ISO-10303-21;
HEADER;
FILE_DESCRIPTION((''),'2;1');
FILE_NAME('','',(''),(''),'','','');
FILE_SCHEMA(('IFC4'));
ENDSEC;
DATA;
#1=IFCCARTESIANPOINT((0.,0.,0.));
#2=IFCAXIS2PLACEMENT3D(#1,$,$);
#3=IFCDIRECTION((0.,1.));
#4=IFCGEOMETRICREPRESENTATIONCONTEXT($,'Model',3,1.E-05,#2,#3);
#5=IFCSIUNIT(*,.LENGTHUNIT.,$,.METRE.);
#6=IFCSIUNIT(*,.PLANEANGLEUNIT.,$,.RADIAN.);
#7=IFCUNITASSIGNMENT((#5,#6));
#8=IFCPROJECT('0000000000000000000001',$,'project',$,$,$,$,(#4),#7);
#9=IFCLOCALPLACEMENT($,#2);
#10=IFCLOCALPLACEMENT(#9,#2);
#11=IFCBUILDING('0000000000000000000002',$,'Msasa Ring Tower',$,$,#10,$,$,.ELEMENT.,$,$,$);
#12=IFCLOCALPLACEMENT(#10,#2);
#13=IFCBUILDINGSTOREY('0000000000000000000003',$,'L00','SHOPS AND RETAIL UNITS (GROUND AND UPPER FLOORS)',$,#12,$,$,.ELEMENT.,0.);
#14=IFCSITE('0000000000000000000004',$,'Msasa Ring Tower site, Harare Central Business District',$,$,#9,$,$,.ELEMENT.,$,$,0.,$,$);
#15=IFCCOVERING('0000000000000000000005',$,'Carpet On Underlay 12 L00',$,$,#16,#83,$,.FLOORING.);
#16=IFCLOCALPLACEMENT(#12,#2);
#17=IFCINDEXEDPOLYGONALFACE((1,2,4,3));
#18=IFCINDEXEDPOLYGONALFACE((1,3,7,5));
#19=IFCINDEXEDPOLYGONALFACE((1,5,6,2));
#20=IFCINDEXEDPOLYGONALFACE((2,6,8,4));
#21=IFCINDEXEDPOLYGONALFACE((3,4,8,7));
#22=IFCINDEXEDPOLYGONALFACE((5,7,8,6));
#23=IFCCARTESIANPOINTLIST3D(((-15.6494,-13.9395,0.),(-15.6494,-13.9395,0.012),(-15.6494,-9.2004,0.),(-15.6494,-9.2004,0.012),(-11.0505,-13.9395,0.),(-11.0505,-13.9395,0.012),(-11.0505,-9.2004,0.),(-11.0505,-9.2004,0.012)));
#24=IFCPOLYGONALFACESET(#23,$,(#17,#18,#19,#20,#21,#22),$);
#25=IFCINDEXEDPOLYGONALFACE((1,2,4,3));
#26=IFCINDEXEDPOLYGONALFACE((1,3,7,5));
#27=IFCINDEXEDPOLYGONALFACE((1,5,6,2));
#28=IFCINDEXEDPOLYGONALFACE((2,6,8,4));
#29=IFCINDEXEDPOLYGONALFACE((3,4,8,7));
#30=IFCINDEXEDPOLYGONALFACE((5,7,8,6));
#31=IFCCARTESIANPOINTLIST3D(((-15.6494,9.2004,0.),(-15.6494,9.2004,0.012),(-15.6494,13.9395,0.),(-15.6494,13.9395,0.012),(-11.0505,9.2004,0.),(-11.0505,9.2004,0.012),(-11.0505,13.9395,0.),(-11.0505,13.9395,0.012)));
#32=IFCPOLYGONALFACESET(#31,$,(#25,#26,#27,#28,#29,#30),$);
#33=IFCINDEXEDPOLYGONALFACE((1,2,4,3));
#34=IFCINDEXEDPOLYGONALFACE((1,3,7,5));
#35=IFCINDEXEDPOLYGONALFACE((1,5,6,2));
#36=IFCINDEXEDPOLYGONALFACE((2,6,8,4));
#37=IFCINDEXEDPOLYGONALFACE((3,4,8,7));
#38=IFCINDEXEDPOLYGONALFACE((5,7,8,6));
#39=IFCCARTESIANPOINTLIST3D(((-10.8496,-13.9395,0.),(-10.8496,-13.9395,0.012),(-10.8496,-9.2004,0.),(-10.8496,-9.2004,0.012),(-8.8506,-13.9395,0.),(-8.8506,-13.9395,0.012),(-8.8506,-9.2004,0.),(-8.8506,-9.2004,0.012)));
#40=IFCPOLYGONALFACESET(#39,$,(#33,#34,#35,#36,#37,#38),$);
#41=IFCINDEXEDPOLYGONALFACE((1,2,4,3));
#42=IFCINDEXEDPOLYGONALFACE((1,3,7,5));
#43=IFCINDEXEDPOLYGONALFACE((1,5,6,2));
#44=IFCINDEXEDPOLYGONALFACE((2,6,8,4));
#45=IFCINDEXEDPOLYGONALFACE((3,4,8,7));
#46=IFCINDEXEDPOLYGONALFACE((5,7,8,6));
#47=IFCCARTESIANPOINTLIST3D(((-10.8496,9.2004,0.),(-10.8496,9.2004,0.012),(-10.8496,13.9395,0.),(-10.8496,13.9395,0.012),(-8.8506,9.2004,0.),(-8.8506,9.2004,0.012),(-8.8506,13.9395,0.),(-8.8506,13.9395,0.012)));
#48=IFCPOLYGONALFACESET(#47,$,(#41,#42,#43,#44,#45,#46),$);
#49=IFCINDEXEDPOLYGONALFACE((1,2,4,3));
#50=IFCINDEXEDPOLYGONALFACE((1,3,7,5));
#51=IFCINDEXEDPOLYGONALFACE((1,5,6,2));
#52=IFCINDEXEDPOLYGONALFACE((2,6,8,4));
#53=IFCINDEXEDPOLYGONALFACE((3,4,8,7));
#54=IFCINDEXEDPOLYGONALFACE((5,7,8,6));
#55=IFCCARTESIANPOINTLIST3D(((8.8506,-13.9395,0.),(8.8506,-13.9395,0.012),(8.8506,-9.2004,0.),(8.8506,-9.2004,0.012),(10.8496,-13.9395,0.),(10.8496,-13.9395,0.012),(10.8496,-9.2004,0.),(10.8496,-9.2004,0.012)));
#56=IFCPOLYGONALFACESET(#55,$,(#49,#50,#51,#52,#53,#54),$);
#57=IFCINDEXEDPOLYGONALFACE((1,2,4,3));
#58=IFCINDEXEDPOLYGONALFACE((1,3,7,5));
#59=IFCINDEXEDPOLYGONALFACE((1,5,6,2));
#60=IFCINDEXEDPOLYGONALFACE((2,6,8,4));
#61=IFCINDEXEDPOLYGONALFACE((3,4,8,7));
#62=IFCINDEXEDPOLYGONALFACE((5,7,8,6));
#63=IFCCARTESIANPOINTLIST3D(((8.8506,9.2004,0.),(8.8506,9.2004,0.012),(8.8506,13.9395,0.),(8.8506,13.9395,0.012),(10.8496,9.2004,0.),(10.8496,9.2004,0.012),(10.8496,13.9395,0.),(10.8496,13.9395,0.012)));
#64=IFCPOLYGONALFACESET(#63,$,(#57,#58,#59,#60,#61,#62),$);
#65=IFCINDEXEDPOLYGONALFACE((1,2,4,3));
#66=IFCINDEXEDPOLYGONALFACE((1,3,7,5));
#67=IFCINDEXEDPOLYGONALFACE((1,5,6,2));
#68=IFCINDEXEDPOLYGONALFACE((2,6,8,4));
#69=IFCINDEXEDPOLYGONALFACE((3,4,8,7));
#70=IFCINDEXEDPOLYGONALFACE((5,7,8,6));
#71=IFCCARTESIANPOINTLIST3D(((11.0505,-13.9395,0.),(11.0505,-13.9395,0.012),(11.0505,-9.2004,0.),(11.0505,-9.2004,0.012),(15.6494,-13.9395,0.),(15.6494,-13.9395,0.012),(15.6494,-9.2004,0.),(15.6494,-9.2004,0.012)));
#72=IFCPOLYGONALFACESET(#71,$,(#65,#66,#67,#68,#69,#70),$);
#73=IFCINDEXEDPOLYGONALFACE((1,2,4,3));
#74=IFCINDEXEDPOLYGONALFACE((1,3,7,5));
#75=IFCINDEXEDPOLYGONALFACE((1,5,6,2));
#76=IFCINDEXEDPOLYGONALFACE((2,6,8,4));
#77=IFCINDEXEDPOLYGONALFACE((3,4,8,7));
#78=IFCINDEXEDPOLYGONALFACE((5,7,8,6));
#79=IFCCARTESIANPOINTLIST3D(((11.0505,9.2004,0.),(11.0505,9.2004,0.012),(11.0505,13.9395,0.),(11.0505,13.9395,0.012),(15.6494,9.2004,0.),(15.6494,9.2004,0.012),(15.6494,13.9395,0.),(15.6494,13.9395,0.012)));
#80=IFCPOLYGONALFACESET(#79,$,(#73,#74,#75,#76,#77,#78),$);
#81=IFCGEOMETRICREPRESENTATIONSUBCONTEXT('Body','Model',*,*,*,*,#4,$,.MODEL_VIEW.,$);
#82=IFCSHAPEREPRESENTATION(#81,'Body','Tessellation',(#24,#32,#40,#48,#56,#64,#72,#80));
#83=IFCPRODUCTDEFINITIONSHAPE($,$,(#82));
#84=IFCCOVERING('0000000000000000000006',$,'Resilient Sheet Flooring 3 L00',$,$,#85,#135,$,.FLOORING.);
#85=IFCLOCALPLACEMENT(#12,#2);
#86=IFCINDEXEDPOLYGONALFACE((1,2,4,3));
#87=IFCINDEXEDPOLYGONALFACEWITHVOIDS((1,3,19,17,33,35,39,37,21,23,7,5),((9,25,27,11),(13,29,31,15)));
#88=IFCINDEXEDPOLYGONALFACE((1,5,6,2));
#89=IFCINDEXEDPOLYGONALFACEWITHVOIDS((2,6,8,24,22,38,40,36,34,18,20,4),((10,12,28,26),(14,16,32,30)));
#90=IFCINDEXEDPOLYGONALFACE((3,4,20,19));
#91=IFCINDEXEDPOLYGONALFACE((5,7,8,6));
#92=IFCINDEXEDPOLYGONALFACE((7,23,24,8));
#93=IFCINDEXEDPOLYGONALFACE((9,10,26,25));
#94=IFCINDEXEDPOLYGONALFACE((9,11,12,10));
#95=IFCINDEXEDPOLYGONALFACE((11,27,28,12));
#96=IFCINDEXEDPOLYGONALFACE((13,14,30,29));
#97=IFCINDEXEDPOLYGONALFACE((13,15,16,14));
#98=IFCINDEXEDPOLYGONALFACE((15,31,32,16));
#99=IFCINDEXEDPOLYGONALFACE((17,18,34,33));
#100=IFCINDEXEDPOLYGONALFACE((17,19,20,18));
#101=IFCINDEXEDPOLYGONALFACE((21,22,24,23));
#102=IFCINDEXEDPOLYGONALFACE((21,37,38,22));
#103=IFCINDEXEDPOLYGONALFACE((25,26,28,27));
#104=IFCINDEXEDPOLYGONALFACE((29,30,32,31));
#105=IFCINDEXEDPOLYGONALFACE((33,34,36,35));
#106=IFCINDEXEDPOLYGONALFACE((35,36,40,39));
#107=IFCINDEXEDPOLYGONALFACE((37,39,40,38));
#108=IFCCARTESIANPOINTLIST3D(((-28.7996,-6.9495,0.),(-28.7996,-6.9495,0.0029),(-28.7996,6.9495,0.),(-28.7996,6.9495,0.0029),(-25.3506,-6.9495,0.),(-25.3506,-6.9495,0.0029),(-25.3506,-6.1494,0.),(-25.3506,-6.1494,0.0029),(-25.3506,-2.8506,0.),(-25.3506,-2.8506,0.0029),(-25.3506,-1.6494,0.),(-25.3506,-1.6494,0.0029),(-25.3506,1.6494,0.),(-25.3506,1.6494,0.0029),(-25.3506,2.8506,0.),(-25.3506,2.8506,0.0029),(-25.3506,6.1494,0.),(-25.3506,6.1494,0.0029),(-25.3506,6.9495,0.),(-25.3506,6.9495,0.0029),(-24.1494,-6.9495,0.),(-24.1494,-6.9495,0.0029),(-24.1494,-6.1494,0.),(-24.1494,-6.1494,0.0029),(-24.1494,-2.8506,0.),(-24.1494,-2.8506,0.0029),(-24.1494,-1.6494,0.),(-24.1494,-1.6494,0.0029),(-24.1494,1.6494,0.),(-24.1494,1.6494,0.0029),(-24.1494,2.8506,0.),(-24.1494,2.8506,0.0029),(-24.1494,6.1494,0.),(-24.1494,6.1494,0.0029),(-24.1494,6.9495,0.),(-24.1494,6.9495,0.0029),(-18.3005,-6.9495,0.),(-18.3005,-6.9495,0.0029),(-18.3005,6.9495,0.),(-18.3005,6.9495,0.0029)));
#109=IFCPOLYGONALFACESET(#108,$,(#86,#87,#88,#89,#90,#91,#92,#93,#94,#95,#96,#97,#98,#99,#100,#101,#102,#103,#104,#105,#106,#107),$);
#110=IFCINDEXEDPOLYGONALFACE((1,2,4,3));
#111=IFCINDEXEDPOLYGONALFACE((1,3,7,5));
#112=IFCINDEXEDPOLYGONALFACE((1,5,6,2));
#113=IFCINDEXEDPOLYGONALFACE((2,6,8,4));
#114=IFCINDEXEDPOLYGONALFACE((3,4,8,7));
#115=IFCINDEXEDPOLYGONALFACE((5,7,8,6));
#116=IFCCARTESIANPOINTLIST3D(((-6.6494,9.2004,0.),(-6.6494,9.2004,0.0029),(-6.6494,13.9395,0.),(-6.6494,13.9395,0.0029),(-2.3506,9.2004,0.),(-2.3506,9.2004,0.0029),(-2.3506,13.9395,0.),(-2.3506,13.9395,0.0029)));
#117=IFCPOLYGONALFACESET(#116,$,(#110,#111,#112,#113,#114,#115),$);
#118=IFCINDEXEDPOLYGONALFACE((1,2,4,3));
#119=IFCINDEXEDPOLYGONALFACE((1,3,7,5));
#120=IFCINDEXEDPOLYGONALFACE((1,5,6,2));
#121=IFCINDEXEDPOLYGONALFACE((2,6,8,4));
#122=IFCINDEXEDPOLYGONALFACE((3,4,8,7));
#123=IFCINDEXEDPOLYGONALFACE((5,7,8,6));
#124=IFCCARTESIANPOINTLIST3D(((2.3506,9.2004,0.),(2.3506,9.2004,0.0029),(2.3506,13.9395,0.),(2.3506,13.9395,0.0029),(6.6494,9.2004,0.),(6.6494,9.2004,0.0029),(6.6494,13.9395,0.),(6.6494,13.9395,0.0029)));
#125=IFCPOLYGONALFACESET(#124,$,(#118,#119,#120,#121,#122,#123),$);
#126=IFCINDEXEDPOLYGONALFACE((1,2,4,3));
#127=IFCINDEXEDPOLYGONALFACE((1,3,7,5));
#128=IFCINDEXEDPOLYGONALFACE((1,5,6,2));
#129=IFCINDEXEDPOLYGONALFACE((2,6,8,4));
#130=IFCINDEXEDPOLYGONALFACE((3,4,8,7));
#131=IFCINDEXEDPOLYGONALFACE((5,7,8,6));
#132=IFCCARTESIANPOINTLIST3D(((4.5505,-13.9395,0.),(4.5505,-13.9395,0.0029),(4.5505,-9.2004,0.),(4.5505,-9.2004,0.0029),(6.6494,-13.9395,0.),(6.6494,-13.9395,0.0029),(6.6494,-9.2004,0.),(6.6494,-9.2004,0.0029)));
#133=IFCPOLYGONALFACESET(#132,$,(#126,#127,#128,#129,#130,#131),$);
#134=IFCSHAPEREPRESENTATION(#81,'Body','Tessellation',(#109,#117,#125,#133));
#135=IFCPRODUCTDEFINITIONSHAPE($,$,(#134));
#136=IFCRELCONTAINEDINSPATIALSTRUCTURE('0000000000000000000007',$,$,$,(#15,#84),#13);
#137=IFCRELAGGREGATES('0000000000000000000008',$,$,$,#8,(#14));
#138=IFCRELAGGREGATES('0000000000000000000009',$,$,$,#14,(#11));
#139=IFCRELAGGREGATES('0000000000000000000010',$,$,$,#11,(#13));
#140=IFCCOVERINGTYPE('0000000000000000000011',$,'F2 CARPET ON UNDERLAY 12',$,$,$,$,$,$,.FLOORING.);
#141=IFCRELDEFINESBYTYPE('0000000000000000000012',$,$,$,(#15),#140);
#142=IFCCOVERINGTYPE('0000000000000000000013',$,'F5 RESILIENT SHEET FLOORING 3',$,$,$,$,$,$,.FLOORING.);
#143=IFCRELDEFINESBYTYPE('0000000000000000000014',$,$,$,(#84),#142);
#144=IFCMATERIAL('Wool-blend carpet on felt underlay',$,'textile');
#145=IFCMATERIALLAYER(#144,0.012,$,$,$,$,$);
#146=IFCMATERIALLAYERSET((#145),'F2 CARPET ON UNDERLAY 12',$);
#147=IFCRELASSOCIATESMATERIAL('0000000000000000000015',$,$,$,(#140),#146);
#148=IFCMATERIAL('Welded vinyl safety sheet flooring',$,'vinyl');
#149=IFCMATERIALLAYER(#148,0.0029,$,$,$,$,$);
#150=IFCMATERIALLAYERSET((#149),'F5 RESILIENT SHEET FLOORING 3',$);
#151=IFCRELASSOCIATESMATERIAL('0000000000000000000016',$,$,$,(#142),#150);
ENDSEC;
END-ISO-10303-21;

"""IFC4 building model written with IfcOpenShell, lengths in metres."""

from ifc_helpers import new_model, si_unit, direction, origin, place, context, subcontext, project, spatial, line, indexed_curve, outline, extrude, material, layer, layer_set, type_object, element, save


model = new_model("IFC4")

# Units and contexts
model_context = context("Model", 3, precision=1e-05, world=origin(), true_north=direction((0.0, 1.0)))
body_context = subcontext(model_context, "Body", "Model", "MODEL_VIEW")
ifc_project = project(units=[si_unit("LENGTHUNIT", "METRE"), si_unit("PLANEANGLEUNIT", "RADIAN")], contexts=[model_context])

# Site, building, storey
site_placement = place(None, origin())
site = spatial("IfcSite", under=ifc_project, at=site_placement, Name="Msasa Ring Tower site, Harare Central Business District", CompositionType="ELEMENT", RefElevation=0.0)
building_placement = place(site_placement, origin())
building = spatial("IfcBuilding", under=site, at=building_placement, Name="Msasa Ring Tower", CompositionType="ELEMENT")
storey_placement = place(building_placement, origin())
storey = spatial("IfcBuildingStorey", under=building, at=storey_placement, Name="L00", Description="SHOPS AND RETAIL UNITS (GROUND AND UPPER FLOORS)", CompositionType="ELEMENT", Elevation=0.0)

# Coverings
ifc_material_1 = material(Name="Wool-blend carpet on felt underlay", Category="textile")
ifc_layer_1 = layer(ifc_material_1, 0.012)
ifc_layer_set_1 = layer_set([ifc_layer_1], Name="F2 CARPET ON UNDERLAY 12")
covering_type_1 = type_object("IfcCoveringType", Name="F2 CARPET ON UNDERLAY 12", PredefinedType="FLOORING", material=ifc_layer_set_1)
covering_1_placement = place(storey_placement, origin())
element("IfcCovering", 1, at=covering_1_placement, inside=storey, type_object=covering_type_1, Name="Carpet On Underlay 12 L00", PredefinedType="FLOORING", context=body_context, shape_type="SweptSolid", body=[
    extrude(outline(indexed_curve([(-15.6494, -9.2004), (-11.0505, -9.2004), (-11.0505, -13.9395), (-15.6494, -13.9395)], segments=[line(1, 2, 3, 4, 1)], self_intersect=False)), origin(), (0.0, 0.0, 1.0), 0.012),
    extrude(outline(indexed_curve([(-15.6494, 13.9395), (-11.0505, 13.9395), (-11.0505, 9.2004), (-15.6494, 9.2004)], segments=[line(1, 2, 3, 4, 1)], self_intersect=False)), origin(), (0.0, 0.0, 1.0), 0.012),
    extrude(outline(indexed_curve([(-10.8496, -9.2004), (-8.8506, -9.2004), (-8.8506, -13.9395), (-10.8496, -13.9395)], segments=[line(1, 2, 3, 4, 1)], self_intersect=False)), origin(), (0.0, 0.0, 1.0), 0.012),
    extrude(outline(indexed_curve([(-10.8496, 13.9395), (-8.8506, 13.9395), (-8.8506, 9.2004), (-10.8496, 9.2004)], segments=[line(1, 2, 3, 4, 1)], self_intersect=False)), origin(), (0.0, 0.0, 1.0), 0.012),
    extrude(outline(indexed_curve([(8.8506, -9.2004), (10.8496, -9.2004), (10.8496, -13.9395), (8.8506, -13.9395)], segments=[line(1, 2, 3, 4, 1)], self_intersect=False)), origin(), (0.0, 0.0, 1.0), 0.012),
    extrude(outline(indexed_curve([(8.8506, 13.9395), (10.8496, 13.9395), (10.8496, 9.2004), (8.8506, 9.2004)], segments=[line(1, 2, 3, 4, 1)], self_intersect=False)), origin(), (0.0, 0.0, 1.0), 0.012),
    extrude(outline(indexed_curve([(11.0505, -9.2004), (15.6494, -9.2004), (15.6494, -13.9395), (11.0505, -13.9395)], segments=[line(1, 2, 3, 4, 1)], self_intersect=False)), origin(), (0.0, 0.0, 1.0), 0.012),
    extrude(outline(indexed_curve([(11.0505, 13.9395), (15.6494, 13.9395), (15.6494, 9.2004), (11.0505, 9.2004)], segments=[line(1, 2, 3, 4, 1)], self_intersect=False)), origin(), (0.0, 0.0, 1.0), 0.012),
])
ifc_material_2 = material(Name="Welded vinyl safety sheet flooring", Category="vinyl")
ifc_layer_2 = layer(ifc_material_2, 0.0029)
ifc_layer_set_2 = layer_set([ifc_layer_2], Name="F5 RESILIENT SHEET FLOORING 3")
covering_type_2 = type_object("IfcCoveringType", Name="F5 RESILIENT SHEET FLOORING 3", PredefinedType="FLOORING", material=ifc_layer_set_2)
covering_2_placement = place(storey_placement, origin())
element("IfcCovering", 2, at=covering_2_placement, inside=storey, type_object=covering_type_2, Name="Resilient Sheet Flooring 3 L00", PredefinedType="FLOORING", context=body_context, shape_type="SweptSolid", body=[
    extrude(outline(indexed_curve([(-18.3005, 6.9495), (-18.3005, -6.9495), (-24.1494, -6.9495), (-24.1494, -6.1494), (-25.3506, -6.1494), (-25.3506, -6.9495), (-28.7996, -6.9495), (-28.7996, 6.9495), (-25.3506, 6.9495), (-25.3506, 6.1494), (-24.1494, 6.1494), (-24.1494, 6.9495)], segments=[line(1, 2, 3, 4, 5, 6, 7, 8, 9, 10, 11, 12, 1)], self_intersect=False), holes=[indexed_curve([(-24.1494, -1.6494), (-25.3506, -1.6494), (-25.3506, -2.8506), (-24.1494, -2.8506)], segments=[line(1, 2, 3, 4, 1)], self_intersect=False), indexed_curve([(-25.3506, 2.8506), (-25.3506, 1.6494), (-24.1494, 1.6494), (-24.1494, 2.8506)], segments=[line(1, 2, 3, 4, 1)], self_intersect=False)]), origin(), (0.0, 0.0, 1.0), 0.0029),
    extrude(outline(indexed_curve([(-6.6494, 9.2004), (-6.6494, 13.9395), (-2.3506, 13.9395), (-2.3506, 9.2004)], segments=[line(1, 2, 3, 4, 1)], self_intersect=False)), origin(), (0.0, 0.0, 1.0), 0.0029),
    extrude(outline(indexed_curve([(2.3506, 9.2004), (2.3506, 13.9395), (6.6494, 13.9395), (6.6494, 9.2004)], segments=[line(1, 2, 3, 4, 1)], self_intersect=False)), origin(), (0.0, 0.0, 1.0), 0.0029),
    extrude(outline(indexed_curve([(4.5505, -13.9395), (4.5505, -9.2004), (6.6494, -9.2004), (6.6494, -13.9395)], segments=[line(1, 2, 3, 4, 1)], self_intersect=False)), origin(), (0.0, 0.0, 1.0), 0.0029),
])

save(model, "model.ifc")
